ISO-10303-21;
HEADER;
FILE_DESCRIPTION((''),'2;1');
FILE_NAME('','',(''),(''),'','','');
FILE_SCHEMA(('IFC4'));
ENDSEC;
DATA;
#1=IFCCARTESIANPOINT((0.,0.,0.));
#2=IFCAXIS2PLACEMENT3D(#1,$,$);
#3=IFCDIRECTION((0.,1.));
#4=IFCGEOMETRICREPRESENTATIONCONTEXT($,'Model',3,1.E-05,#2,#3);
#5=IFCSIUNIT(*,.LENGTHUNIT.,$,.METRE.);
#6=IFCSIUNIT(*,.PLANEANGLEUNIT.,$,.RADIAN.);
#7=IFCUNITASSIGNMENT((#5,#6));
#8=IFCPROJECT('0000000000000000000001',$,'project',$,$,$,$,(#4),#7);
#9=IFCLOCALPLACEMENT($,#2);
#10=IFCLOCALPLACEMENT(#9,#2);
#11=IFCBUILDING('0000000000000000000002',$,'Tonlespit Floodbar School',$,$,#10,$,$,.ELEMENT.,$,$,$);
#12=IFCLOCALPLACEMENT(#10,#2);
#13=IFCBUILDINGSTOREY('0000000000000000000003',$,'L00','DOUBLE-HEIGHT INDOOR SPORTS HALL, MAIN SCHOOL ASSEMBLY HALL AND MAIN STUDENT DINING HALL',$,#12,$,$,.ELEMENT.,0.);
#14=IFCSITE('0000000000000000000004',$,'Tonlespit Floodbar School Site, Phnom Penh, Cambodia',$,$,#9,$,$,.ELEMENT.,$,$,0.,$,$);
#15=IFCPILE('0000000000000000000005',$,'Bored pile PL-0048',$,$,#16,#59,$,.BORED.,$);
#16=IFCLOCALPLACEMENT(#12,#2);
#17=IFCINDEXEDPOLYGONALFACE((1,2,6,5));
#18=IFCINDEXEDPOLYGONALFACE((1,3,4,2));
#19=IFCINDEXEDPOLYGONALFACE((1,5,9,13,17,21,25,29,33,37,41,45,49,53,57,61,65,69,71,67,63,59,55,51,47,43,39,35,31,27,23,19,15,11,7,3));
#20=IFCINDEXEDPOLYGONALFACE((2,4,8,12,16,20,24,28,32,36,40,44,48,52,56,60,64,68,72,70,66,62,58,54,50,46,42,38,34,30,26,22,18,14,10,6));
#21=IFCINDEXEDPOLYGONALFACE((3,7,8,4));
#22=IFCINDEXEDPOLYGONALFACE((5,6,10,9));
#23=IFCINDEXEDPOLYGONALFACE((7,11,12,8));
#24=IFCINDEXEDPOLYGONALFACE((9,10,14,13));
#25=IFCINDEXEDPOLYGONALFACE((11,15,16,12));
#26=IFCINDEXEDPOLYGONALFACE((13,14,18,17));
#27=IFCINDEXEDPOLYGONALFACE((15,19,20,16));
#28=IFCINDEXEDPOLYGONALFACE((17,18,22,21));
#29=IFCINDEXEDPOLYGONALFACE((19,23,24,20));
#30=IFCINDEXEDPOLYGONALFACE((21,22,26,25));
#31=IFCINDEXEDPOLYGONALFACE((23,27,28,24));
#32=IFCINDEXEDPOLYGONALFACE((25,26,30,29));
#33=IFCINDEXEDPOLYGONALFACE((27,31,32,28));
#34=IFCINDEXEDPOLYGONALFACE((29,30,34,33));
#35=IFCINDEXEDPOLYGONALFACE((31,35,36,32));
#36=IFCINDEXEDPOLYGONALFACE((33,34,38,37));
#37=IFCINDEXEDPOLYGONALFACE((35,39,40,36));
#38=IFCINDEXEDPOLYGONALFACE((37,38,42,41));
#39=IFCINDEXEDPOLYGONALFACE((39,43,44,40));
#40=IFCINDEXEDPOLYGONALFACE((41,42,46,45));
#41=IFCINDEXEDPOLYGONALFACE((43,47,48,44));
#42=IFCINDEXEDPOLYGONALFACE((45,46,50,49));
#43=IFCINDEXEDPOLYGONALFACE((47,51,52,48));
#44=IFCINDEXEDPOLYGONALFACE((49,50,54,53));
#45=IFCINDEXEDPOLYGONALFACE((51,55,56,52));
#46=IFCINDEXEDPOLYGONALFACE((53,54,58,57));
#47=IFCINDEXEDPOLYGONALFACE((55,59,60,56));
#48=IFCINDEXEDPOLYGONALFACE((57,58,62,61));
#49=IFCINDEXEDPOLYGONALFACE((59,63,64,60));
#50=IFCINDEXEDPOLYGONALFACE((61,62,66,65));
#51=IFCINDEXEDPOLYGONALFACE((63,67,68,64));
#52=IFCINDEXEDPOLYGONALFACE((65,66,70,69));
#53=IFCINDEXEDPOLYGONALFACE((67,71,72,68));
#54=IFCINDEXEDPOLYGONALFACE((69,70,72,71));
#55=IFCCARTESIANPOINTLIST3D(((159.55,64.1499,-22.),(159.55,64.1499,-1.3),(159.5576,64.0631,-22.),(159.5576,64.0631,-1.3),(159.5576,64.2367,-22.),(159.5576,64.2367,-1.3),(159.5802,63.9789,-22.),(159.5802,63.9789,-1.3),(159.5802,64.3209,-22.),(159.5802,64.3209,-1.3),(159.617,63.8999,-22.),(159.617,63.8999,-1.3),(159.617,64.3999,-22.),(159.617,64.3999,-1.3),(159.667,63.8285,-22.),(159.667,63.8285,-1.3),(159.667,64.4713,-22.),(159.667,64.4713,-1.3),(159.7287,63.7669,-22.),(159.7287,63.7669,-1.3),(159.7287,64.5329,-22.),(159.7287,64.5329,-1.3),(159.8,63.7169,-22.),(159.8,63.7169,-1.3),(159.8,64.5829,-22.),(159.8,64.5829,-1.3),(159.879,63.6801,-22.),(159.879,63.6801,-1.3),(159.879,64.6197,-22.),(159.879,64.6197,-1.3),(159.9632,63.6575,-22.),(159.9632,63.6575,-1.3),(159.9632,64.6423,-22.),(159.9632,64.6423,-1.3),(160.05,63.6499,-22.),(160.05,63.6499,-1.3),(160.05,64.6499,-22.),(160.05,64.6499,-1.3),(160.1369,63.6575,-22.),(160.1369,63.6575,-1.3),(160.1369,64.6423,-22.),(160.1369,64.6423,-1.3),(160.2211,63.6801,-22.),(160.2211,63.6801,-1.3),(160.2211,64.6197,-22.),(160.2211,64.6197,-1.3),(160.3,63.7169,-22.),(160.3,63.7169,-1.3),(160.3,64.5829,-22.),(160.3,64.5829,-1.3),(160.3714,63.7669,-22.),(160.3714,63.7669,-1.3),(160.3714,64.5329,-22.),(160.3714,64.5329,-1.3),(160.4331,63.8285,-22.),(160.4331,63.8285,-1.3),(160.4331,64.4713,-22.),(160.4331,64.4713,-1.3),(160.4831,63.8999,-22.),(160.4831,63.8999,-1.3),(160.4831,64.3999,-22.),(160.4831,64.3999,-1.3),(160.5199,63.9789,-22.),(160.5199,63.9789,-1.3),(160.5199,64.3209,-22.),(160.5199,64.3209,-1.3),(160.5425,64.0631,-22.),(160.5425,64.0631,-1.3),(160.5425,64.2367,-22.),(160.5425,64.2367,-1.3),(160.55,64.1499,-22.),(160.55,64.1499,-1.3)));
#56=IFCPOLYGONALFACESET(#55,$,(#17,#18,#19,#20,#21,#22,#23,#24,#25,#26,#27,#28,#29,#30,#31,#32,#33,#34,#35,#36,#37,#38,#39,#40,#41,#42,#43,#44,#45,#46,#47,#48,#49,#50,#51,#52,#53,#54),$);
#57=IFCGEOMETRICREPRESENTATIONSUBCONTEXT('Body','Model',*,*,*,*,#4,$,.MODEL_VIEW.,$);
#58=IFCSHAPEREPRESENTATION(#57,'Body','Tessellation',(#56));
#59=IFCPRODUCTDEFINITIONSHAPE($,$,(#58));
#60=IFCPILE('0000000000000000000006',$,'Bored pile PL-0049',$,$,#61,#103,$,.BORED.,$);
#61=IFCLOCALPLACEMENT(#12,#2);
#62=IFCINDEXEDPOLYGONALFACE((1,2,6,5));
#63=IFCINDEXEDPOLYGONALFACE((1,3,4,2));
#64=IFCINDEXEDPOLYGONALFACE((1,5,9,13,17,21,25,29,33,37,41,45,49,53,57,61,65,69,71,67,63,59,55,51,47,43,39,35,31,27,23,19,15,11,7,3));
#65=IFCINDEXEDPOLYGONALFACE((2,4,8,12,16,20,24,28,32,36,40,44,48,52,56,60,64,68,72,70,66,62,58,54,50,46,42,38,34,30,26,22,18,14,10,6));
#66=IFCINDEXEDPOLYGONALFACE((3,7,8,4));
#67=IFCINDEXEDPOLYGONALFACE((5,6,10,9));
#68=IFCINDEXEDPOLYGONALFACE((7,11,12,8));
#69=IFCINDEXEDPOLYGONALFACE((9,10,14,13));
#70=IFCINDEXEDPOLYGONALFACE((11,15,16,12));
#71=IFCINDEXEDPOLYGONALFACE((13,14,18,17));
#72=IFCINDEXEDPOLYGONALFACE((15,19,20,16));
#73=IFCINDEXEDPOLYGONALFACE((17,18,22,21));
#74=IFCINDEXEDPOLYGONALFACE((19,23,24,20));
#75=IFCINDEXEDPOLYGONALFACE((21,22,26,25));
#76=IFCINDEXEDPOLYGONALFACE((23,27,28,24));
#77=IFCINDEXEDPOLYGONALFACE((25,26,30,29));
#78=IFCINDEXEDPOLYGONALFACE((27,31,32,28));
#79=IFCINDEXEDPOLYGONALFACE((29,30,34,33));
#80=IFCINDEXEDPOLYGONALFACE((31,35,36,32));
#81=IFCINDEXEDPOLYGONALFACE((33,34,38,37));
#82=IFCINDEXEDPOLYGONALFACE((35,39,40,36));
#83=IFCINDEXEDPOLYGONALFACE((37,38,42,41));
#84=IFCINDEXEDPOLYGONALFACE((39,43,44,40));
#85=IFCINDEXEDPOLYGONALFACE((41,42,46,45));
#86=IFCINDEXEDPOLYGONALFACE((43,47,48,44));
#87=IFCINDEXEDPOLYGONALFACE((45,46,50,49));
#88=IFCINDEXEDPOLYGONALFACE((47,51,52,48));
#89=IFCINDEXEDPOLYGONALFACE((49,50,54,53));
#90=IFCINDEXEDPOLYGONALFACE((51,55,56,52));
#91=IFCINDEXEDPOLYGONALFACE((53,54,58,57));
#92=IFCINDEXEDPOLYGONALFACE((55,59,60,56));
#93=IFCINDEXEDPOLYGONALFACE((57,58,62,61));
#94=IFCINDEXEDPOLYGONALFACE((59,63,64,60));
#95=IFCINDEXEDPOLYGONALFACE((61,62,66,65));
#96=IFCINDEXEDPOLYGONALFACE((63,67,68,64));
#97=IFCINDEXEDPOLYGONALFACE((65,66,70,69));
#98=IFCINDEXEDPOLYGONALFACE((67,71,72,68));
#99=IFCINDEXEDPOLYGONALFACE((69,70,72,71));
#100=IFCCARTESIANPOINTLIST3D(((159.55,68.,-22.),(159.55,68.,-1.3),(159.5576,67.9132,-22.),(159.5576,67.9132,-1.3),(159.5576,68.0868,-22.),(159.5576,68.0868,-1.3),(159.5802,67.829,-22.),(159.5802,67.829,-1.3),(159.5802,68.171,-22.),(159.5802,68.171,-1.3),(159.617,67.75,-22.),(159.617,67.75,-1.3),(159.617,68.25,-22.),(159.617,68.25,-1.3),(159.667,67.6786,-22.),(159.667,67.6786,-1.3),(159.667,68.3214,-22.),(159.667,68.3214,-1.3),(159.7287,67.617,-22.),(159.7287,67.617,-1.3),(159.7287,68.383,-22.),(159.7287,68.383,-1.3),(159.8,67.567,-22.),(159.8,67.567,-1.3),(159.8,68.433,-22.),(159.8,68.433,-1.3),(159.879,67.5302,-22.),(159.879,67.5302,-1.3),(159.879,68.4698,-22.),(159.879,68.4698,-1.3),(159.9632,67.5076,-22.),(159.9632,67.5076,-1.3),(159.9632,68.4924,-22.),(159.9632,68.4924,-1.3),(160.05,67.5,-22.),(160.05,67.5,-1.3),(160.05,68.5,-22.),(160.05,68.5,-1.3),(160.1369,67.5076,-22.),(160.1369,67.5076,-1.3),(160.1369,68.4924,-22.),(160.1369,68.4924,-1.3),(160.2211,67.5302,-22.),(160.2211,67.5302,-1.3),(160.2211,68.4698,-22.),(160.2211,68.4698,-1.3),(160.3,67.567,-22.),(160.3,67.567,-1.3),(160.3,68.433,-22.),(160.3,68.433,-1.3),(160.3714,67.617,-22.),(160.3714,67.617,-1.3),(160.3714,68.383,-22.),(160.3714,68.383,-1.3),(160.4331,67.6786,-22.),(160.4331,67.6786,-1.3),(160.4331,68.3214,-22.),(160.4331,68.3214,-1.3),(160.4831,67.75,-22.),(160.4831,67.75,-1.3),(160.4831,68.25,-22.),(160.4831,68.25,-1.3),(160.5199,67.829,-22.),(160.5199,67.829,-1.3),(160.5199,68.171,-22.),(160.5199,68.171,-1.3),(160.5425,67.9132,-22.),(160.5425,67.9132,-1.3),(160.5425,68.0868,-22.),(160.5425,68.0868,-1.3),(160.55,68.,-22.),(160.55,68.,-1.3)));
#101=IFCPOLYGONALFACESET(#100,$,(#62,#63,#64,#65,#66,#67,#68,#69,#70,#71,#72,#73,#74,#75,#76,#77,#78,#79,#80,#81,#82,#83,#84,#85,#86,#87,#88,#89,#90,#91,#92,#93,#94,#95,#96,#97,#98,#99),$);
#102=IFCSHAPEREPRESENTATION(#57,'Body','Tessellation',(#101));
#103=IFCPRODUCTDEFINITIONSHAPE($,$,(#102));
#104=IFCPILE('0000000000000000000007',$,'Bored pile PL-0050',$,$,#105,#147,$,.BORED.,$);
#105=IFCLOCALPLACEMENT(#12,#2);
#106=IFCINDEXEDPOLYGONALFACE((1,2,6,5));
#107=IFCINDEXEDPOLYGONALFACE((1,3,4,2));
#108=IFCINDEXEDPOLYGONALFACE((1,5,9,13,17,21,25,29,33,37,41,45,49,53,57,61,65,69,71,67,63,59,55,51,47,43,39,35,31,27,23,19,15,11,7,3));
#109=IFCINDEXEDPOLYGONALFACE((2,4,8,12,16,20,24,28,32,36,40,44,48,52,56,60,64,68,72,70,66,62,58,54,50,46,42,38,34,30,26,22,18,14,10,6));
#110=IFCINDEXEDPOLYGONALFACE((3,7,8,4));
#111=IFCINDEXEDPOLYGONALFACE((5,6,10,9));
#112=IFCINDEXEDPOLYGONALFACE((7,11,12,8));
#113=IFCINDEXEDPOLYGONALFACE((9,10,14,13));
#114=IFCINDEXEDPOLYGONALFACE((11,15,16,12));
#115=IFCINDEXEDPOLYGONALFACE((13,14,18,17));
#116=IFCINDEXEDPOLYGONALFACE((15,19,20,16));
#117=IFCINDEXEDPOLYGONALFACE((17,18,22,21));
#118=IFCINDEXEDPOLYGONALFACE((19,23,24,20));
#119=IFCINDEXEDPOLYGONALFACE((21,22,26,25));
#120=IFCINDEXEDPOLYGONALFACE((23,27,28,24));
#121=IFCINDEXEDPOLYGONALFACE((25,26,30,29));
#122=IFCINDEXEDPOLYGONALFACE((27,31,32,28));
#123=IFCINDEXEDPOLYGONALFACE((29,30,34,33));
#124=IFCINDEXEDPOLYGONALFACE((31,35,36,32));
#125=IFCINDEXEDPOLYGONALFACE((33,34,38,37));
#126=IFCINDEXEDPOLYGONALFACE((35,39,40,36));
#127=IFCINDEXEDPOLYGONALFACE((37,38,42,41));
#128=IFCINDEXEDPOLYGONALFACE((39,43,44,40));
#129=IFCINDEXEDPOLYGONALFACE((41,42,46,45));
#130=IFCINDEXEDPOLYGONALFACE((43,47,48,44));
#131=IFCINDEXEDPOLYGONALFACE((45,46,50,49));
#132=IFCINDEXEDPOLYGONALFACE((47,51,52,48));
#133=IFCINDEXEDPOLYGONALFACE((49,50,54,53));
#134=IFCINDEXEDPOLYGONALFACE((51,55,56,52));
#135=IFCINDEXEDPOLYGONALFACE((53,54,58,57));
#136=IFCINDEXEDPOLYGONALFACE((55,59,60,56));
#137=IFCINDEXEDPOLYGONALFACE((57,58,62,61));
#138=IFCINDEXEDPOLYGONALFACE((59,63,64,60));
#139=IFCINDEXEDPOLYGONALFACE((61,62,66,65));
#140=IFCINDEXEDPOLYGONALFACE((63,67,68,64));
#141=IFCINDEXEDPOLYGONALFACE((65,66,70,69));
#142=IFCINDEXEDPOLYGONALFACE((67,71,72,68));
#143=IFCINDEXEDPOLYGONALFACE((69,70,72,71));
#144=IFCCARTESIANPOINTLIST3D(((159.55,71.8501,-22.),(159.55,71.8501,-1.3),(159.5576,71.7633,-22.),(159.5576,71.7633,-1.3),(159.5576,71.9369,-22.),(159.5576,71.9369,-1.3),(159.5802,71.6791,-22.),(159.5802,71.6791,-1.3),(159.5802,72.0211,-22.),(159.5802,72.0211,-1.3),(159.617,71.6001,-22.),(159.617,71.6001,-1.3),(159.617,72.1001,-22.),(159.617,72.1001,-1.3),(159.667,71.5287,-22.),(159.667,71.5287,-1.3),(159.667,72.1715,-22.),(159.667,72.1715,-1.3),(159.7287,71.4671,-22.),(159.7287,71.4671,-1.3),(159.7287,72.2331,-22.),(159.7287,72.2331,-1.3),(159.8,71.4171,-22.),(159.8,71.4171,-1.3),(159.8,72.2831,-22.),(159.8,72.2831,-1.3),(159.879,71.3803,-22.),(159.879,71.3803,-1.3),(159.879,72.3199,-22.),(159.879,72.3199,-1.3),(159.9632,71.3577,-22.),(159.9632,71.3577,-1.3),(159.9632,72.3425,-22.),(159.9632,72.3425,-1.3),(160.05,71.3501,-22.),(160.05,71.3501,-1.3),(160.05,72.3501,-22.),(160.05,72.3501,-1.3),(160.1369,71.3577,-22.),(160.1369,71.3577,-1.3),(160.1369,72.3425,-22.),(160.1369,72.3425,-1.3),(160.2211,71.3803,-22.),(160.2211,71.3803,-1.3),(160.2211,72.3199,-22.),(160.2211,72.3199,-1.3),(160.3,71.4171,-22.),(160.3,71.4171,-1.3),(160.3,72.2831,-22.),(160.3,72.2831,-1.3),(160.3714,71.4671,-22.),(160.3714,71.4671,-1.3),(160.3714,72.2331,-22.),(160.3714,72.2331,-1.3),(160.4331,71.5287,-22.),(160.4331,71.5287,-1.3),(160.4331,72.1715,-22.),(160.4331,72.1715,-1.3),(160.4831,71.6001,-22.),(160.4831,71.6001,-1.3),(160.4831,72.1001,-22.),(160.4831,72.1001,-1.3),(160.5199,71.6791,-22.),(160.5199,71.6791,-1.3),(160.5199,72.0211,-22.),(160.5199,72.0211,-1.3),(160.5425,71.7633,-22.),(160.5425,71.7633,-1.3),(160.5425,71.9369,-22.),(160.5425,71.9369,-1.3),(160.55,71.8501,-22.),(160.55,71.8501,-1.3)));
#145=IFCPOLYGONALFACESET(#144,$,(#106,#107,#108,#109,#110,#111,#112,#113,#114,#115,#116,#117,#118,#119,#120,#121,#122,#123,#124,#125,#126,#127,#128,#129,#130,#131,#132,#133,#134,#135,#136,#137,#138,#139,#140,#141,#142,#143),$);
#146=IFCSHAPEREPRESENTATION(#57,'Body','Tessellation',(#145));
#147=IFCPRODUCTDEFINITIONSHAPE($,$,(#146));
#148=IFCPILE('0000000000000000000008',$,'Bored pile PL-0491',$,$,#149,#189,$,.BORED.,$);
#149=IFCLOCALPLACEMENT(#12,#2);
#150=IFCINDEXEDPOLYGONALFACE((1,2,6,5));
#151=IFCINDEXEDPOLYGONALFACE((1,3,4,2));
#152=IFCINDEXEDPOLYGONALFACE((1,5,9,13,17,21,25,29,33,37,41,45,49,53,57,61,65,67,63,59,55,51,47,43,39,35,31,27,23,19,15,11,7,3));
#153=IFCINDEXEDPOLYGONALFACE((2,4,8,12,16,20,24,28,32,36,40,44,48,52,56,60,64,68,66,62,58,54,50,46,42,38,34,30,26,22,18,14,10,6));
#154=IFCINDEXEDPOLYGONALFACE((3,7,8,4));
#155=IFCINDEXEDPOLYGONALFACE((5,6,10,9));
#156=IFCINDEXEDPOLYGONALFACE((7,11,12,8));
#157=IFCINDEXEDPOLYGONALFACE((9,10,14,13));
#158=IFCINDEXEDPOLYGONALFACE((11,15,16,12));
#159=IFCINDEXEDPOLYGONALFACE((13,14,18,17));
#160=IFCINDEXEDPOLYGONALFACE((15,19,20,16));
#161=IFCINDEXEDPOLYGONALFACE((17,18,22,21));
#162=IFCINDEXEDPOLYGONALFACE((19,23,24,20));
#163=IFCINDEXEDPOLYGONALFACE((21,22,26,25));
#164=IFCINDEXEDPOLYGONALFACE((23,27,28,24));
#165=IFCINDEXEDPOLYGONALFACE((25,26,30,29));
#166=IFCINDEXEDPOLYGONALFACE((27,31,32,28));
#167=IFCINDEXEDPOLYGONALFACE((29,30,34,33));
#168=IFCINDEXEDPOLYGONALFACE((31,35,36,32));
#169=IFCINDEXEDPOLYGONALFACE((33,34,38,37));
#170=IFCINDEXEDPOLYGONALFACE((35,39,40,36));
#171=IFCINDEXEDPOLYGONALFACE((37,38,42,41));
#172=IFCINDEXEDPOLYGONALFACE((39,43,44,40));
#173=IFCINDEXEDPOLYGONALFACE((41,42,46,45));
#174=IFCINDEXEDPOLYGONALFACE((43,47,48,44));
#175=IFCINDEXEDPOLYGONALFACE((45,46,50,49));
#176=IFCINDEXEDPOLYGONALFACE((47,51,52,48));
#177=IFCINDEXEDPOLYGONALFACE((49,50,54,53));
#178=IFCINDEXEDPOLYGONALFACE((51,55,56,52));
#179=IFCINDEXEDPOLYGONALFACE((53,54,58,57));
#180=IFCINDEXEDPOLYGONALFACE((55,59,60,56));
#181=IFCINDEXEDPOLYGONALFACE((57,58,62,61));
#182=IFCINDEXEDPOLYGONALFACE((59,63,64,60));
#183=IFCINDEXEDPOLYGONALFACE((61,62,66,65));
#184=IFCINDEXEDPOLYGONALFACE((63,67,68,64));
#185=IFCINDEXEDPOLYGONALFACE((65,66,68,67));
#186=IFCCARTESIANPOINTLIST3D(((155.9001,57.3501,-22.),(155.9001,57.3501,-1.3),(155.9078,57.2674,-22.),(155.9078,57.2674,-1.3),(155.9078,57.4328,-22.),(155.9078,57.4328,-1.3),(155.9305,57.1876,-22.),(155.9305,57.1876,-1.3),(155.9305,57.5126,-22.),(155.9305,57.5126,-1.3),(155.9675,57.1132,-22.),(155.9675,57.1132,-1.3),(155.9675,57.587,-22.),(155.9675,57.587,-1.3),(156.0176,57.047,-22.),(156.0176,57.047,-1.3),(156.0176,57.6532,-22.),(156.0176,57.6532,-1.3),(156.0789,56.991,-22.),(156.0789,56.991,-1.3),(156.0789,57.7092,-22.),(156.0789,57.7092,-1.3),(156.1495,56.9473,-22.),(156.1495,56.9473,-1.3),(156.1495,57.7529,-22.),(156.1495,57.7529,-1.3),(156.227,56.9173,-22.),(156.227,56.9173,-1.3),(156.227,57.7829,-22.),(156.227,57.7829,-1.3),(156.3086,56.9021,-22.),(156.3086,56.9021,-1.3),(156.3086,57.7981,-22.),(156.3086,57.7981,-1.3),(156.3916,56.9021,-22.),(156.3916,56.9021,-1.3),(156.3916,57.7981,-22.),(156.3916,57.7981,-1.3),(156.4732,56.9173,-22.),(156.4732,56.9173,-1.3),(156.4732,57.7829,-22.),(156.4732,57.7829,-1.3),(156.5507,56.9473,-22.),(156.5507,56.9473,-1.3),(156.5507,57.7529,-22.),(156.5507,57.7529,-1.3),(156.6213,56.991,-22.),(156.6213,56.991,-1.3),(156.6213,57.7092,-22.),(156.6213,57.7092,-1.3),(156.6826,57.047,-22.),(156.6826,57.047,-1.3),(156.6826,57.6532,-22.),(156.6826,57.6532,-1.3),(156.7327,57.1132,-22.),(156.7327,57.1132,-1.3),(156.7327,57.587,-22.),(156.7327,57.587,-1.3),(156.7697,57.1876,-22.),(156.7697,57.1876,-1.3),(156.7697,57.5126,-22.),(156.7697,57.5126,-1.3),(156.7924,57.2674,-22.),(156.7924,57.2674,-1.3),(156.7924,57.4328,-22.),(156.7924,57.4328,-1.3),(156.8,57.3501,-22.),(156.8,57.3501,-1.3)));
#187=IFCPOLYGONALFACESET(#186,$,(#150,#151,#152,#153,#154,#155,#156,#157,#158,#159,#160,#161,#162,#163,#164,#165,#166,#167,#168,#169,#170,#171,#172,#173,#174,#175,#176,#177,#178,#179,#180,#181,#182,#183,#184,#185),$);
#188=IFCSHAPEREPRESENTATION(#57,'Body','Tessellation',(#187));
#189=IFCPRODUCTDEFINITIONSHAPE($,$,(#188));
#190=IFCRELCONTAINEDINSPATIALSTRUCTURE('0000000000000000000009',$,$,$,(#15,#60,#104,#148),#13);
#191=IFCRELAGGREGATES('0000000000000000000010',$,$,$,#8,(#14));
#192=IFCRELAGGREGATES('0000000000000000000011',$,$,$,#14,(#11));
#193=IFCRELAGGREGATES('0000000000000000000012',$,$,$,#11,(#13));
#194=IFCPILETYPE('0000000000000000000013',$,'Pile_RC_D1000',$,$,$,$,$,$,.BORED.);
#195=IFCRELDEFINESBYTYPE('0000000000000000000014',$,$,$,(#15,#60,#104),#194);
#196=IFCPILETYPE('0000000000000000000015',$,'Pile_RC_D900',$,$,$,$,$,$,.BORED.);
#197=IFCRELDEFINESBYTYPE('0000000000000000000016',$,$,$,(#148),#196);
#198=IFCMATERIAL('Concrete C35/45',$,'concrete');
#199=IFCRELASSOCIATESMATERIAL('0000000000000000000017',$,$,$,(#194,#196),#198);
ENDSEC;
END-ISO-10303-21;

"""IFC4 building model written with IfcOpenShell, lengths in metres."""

from ifc_helpers import new_model, si_unit, direction, frame, origin, origin_2d, place, context, subcontext, project, spatial, circle, extrude, material, material_profile, profile_set, type_object, element, save


model = new_model("IFC4")

# Units and contexts
model_context = context("Model", 3, precision=1e-05, world=origin(), true_north=direction((0.0, 1.0)))
body_context = subcontext(model_context, "Body", "Model", "MODEL_VIEW")
ifc_project = project(units=[si_unit("LENGTHUNIT", "METRE"), si_unit("PLANEANGLEUNIT", "RADIAN")], contexts=[model_context])

# Site, building, storey
site_placement = place(None, origin())
site = spatial("IfcSite", under=ifc_project, at=site_placement, Name="Tonlespit Floodbar School Site, Phnom Penh, Cambodia", CompositionType="ELEMENT", RefElevation=0.0)
building_placement = place(site_placement, origin())
building = spatial("IfcBuilding", under=site, at=building_placement, Name="Tonlespit Floodbar School", CompositionType="ELEMENT")
storey_placement = place(building_placement, origin())
storey = spatial("IfcBuildingStorey", under=building, at=storey_placement, Name="L00", Description="DOUBLE-HEIGHT INDOOR SPORTS HALL, MAIN SCHOOL ASSEMBLY HALL AND MAIN STUDENT DINING HALL", CompositionType="ELEMENT", Elevation=0.0)

# Piles
ifc_material_1 = material(Name="Concrete C35/45", Category="concrete")
ifc_material_profile_1 = material_profile(ifc_material_1, circle(Radius=0.5, at=origin_2d()), Name="BP D1000")
ifc_profile_set_1 = profile_set([ifc_material_profile_1], Name="Concrete C35/45")
pile_type_1 = type_object("IfcPileType", Name="Pile_RC_D1000", PredefinedType="BORED", material=ifc_profile_set_1)
for number, where, z_axis, x_axis, name in (
    (1, (160.05, 64.1499, -1.3), (0.0, 0.0, -1.0), (1.0, 0.0, 0.0), "Bored pile PL-0048"),
    (2, (160.05, 68.0, -1.3), (0.0, 0.0, -1.0), (1.0, 0.0, 0.0), "Bored pile PL-0049"),
    (3, (160.05, 71.8501, -1.3), (0.0, 0.0, -1.0), (1.0, 0.0, 0.0), "Bored pile PL-0050"),
):
    element("IfcPile", number, at=place(storey_placement, frame(where, z_axis=z_axis, x_axis=x_axis)), inside=storey, type_object=pile_type_1, Name=name, PredefinedType="BORED", context=body_context, shape_type="SweptSolid", body=[
        extrude(circle(Radius=0.5, at=origin_2d()), origin(), (0.0, 0.0, 1.0), 20.7),
    ])
ifc_material_profile_2 = material_profile(ifc_material_1, circle(Radius=0.45, at=origin_2d()), Name="BP D900")
ifc_profile_set_2 = profile_set([ifc_material_profile_2], Name="Concrete C35/45")
pile_type_2 = type_object("IfcPileType", Name="Pile_RC_D900", PredefinedType="BORED", material=ifc_profile_set_2)
for number, where, z_axis, x_axis, name in (
    (4, (156.3501, 57.3501, -1.3), (0.0, 0.0, -1.0), (1.0, 0.0, 0.0), "Bored pile PL-0491"),
):
    element("IfcPile", number, at=place(storey_placement, frame(where, z_axis=z_axis, x_axis=x_axis)), inside=storey, type_object=pile_type_2, Name=name, PredefinedType="BORED", context=body_context, shape_type="SweptSolid", body=[
        extrude(circle(Radius=0.45, at=origin_2d()), origin(), (0.0, 0.0, 1.0), 20.7),
    ])

save(model, "model.ifc")
